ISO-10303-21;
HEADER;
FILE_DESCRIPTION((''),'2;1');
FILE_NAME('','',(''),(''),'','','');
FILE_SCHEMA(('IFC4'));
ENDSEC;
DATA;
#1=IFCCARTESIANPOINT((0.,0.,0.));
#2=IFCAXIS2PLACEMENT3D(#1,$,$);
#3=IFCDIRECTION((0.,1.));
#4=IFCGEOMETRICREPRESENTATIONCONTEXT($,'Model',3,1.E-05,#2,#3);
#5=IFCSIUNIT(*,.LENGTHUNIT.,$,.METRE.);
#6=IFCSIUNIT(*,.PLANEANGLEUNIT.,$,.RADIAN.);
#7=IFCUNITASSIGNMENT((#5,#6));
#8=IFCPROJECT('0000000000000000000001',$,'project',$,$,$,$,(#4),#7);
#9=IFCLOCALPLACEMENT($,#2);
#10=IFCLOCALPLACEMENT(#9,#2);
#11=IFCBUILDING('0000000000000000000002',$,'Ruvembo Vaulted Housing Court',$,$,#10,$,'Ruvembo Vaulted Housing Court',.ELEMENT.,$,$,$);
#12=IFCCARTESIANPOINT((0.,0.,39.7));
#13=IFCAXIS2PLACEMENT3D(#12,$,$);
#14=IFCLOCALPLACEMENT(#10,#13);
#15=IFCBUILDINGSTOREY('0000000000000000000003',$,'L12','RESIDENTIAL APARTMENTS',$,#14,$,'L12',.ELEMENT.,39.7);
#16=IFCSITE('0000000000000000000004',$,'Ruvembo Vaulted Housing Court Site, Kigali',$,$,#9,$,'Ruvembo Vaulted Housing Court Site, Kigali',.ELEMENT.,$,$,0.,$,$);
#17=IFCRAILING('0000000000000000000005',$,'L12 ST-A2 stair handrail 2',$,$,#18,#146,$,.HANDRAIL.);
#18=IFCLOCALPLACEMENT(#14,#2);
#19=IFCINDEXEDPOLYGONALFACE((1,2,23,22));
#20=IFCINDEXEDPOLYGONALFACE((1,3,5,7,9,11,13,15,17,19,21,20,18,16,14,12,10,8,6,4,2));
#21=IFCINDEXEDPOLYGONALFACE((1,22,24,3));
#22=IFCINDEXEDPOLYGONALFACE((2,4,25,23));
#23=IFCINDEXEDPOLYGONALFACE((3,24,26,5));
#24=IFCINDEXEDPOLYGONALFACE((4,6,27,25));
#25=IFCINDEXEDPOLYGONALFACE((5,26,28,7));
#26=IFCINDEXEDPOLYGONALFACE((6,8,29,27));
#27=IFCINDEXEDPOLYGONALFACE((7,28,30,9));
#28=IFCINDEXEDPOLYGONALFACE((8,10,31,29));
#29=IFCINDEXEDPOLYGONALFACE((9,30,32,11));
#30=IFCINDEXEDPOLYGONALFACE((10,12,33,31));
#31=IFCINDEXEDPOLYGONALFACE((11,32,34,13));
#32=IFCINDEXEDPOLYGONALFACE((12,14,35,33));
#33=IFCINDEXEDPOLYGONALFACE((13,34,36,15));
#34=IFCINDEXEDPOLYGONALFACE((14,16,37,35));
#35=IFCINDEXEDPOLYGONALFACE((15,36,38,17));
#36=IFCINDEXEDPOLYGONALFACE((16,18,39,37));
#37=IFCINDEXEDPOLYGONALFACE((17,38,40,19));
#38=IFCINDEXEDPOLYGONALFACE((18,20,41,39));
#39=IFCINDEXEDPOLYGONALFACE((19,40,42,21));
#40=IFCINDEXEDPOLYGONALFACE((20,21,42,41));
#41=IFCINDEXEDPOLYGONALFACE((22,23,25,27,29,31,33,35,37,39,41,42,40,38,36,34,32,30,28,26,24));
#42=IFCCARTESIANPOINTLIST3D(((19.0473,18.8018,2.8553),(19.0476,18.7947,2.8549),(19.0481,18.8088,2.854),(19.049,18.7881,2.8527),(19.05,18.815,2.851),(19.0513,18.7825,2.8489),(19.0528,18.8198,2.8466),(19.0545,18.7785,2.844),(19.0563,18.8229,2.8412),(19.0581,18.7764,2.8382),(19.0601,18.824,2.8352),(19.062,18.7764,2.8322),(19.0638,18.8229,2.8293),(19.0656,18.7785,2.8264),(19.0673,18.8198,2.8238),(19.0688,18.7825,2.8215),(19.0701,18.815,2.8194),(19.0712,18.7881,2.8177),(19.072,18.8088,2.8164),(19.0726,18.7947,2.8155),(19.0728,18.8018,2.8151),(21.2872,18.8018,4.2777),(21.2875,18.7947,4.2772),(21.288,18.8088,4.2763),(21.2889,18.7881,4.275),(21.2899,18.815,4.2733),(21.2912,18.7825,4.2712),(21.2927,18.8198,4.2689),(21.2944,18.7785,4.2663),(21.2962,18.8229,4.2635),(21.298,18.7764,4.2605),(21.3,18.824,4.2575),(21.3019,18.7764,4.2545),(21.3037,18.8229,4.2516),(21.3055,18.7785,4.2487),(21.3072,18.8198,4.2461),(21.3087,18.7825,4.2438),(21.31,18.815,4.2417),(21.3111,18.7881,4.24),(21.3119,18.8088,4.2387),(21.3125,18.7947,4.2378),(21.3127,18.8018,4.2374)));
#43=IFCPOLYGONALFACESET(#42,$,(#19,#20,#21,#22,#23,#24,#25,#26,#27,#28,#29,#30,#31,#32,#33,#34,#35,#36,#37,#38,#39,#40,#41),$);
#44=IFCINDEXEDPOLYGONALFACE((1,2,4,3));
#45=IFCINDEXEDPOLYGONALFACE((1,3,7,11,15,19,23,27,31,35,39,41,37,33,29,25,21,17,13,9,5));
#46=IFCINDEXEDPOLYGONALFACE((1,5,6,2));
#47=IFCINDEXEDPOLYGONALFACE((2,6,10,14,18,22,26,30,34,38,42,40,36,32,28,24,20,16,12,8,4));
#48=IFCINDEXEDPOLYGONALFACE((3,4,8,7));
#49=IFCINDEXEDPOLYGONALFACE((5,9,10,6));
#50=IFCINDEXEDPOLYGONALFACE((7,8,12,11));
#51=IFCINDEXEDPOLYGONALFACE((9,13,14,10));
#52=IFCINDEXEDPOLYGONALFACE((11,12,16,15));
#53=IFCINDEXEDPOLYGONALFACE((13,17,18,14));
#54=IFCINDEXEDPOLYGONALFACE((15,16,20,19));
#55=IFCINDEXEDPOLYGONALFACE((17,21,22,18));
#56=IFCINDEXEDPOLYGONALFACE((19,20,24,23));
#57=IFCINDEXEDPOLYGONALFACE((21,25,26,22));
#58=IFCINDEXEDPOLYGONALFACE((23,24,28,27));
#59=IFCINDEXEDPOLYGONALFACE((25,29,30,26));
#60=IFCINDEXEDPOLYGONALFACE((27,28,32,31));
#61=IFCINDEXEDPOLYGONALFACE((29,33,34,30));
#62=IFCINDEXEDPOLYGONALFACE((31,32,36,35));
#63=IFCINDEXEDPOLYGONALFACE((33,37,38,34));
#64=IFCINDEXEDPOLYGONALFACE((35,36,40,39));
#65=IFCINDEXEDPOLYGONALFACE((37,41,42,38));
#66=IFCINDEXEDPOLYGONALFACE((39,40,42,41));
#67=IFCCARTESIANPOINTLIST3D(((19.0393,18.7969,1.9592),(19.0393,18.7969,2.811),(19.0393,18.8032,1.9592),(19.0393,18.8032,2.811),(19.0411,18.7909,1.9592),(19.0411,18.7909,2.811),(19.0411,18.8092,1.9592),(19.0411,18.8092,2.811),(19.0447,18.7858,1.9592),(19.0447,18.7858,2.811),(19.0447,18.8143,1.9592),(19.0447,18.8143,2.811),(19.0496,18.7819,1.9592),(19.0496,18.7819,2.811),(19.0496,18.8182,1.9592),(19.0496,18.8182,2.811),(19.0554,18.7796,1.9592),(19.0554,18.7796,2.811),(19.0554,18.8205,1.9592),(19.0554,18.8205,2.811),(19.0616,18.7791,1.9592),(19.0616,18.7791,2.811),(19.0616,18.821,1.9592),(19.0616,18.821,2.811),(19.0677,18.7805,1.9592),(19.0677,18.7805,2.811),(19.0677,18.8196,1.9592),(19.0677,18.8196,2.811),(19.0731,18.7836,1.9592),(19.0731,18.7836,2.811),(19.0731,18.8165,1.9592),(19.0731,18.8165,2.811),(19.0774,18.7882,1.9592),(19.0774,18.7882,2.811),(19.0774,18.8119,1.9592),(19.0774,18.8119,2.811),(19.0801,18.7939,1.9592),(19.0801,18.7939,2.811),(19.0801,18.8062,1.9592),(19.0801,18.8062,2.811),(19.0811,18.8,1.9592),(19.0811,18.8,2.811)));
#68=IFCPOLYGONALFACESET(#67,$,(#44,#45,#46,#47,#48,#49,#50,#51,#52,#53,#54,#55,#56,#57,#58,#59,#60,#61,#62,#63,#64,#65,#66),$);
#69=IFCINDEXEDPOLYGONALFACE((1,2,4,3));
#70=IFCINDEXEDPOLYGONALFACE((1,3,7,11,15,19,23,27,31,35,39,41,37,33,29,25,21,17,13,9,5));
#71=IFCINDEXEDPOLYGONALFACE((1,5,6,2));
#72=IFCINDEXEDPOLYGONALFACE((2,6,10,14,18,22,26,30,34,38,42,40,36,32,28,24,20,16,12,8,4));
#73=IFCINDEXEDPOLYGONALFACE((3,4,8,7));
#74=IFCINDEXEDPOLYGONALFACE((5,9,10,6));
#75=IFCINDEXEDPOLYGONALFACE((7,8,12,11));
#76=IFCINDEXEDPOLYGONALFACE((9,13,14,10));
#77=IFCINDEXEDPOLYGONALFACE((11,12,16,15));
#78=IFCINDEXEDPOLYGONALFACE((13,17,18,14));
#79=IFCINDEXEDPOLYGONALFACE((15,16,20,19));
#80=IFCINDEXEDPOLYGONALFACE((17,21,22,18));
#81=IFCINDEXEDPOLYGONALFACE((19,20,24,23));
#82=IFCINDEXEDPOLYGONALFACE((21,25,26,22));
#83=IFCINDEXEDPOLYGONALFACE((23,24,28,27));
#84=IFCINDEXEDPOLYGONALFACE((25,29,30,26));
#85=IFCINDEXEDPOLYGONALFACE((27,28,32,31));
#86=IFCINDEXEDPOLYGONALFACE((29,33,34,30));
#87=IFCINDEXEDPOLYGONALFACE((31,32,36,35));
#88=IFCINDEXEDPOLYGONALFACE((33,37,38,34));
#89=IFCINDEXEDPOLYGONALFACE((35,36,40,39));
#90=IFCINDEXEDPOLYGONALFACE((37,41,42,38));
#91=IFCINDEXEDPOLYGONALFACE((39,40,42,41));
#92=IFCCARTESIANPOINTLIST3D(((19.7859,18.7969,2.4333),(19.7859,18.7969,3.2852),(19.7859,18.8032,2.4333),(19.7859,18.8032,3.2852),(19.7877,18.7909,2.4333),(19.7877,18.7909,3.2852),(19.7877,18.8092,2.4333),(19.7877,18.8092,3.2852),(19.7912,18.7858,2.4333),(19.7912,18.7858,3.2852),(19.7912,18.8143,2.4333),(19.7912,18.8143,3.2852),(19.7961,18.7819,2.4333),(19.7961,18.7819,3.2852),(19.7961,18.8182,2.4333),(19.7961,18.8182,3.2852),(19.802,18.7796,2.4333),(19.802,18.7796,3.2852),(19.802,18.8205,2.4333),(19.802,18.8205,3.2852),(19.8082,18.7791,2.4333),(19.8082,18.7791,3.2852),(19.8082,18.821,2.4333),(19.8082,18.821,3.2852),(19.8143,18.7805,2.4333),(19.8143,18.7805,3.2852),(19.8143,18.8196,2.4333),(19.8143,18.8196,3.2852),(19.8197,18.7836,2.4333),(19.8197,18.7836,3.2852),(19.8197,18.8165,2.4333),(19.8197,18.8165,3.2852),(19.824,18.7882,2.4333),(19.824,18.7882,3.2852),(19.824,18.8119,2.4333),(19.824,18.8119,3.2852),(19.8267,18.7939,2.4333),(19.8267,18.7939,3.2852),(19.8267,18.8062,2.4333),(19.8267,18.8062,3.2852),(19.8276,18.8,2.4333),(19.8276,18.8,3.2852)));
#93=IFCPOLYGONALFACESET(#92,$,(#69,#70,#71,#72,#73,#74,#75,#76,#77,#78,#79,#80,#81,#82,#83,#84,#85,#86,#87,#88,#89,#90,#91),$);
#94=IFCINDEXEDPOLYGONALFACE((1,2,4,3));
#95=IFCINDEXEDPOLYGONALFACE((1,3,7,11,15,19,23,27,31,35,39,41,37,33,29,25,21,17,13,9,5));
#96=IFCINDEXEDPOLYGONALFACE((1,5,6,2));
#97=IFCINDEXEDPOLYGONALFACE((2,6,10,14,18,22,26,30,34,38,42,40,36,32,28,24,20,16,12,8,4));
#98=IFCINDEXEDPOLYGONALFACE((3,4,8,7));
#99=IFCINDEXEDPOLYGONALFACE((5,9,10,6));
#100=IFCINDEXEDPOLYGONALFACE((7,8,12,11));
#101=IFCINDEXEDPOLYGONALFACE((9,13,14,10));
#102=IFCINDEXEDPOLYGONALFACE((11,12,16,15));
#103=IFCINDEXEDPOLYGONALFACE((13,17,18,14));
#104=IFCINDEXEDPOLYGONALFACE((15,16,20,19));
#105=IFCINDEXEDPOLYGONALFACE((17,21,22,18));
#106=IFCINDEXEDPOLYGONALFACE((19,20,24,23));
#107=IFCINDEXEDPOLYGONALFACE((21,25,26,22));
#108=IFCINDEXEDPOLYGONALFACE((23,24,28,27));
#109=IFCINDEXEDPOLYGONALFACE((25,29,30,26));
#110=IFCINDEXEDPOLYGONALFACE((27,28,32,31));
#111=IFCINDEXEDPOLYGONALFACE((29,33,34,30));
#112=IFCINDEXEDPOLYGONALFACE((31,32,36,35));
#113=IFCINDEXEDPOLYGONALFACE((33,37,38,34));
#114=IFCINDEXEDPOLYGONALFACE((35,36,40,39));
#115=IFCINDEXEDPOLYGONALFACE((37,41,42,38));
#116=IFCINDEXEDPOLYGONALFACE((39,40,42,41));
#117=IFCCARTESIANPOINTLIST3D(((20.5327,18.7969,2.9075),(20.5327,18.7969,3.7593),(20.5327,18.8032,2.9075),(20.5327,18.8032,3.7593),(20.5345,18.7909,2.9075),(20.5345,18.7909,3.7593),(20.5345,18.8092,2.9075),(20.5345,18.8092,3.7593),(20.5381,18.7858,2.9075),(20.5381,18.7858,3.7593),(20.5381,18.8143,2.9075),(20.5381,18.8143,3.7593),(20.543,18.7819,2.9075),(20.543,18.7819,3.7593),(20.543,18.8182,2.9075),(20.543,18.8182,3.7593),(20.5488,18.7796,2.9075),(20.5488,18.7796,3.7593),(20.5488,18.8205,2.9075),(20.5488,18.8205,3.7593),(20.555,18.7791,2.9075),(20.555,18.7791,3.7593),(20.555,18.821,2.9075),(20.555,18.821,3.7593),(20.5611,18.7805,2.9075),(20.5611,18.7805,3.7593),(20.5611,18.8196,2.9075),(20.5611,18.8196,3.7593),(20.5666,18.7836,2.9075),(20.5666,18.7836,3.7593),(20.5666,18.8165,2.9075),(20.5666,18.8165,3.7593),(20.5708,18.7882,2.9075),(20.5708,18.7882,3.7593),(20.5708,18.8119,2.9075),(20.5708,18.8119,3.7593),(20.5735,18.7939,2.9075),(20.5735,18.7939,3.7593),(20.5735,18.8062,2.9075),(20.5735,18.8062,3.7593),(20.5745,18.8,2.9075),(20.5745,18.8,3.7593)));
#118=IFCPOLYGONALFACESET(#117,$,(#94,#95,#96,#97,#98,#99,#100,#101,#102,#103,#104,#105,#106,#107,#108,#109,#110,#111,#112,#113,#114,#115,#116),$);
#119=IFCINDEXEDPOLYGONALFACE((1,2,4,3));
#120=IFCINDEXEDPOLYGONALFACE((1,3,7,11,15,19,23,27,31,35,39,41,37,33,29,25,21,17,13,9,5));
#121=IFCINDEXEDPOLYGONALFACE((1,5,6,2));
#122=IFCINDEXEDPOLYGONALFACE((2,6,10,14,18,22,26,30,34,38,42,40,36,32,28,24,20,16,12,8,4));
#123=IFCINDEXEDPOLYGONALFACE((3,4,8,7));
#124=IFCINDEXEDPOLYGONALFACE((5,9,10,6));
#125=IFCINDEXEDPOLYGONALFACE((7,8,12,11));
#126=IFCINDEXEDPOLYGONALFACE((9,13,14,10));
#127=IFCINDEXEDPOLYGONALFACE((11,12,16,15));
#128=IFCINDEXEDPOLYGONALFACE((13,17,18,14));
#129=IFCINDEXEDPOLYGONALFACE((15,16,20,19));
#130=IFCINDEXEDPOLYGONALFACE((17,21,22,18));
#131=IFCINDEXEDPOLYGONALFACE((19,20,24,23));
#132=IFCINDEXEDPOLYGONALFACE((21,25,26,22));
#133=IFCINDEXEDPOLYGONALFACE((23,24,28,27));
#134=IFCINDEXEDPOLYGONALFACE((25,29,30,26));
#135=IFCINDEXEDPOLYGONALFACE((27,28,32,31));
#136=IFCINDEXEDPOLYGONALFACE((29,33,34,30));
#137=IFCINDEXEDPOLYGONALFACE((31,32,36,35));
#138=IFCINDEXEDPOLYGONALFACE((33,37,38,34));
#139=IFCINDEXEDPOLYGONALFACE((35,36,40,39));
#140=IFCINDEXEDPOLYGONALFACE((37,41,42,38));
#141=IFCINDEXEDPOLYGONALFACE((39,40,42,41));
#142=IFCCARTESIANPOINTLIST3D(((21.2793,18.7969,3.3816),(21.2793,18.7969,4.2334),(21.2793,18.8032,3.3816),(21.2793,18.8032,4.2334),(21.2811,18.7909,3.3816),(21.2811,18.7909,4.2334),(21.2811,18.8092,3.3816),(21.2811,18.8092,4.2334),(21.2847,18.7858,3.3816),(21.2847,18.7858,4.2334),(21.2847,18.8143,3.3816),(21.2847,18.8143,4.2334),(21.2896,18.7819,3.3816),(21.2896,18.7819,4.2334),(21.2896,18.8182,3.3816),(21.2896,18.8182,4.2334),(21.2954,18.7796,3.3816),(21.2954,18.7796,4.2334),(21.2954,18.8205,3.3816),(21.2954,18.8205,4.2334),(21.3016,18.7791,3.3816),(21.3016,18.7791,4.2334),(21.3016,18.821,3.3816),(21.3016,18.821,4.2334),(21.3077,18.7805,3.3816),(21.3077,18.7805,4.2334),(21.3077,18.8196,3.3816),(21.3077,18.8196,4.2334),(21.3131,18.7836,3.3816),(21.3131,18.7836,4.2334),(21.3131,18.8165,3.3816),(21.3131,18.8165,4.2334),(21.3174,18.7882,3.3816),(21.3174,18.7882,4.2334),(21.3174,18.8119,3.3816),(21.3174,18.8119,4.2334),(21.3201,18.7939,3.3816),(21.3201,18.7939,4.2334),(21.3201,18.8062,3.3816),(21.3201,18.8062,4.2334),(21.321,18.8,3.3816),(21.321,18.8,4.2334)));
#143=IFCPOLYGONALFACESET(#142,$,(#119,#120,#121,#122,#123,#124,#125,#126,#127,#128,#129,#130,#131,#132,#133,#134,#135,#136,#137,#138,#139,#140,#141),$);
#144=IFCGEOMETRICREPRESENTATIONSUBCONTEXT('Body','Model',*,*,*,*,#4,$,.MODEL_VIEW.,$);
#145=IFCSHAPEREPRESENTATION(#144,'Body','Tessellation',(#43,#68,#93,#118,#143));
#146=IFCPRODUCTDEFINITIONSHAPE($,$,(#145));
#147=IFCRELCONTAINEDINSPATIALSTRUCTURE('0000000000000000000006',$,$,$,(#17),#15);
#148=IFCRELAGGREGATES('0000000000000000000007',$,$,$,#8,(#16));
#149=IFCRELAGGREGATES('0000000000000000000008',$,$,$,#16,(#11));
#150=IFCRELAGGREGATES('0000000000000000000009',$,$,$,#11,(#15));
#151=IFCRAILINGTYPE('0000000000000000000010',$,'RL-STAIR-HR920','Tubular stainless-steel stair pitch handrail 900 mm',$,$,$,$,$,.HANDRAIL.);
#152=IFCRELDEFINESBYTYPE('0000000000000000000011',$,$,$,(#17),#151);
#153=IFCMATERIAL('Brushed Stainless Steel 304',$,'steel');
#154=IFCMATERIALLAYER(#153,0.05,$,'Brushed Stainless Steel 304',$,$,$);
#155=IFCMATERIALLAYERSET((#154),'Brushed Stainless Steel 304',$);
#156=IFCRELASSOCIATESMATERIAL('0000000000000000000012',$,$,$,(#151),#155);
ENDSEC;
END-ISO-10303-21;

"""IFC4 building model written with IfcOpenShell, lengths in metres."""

from ifc_helpers import new_model, si_unit, direction, frame, origin, origin_2d, place, context, subcontext, project, spatial, circle, extrude, material, layer, layer_set, type_object, element, save


model = new_model("IFC4")

# Units and contexts
model_context = context("Model", 3, precision=1e-05, world=origin(), true_north=direction((0.0, 1.0)))
body_context = subcontext(model_context, "Body", "Model", "MODEL_VIEW")
ifc_project = project(units=[si_unit("LENGTHUNIT", "METRE"), si_unit("PLANEANGLEUNIT", "RADIAN")], contexts=[model_context])

# Site, building, storey
site_placement = place(None, origin())
site = spatial("IfcSite", under=ifc_project, at=site_placement, Name="Ruvembo Vaulted Housing Court Site, Kigali", LongName="Ruvembo Vaulted Housing Court Site, Kigali", CompositionType="ELEMENT", RefElevation=0.0)
building_placement = place(site_placement, origin())
building = spatial("IfcBuilding", under=site, at=building_placement, Name="Ruvembo Vaulted Housing Court", LongName="Ruvembo Vaulted Housing Court", CompositionType="ELEMENT")
storey_placement = place(building_placement, frame((0.0, 0.0, 39.7)))
storey = spatial("IfcBuildingStorey", under=building, at=storey_placement, Name="L12", Description="RESIDENTIAL APARTMENTS", LongName="L12", CompositionType="ELEMENT", Elevation=39.7)

# Shared definitions
ifc_material_1 = material(Name="Brushed Stainless Steel 304", Category="steel")

# Railing
ifc_layer_1 = layer(ifc_material_1, 0.05, Name="Brushed Stainless Steel 304")
ifc_layer_set_1 = layer_set([ifc_layer_1], Name="Brushed Stainless Steel 304")
railing_type_1 = type_object("IfcRailingType", Name="RL-STAIR-HR920", Description="Tubular stainless-steel stair pitch handrail 900 mm", PredefinedType="HANDRAIL", material=ifc_layer_set_1)
railing_1_placement = place(storey_placement, frame((19.0601, 18.8, 1.9592)))
element("IfcRailing", 1, at=railing_1_placement, inside=storey, type_object=railing_type_1, Name="L12 ST-A2 stair handrail 2", PredefinedType="HANDRAIL", context=body_context, shape_type="SweptSolid", body=[
    extrude(circle(Radius=0.0239, at=origin_2d()), frame((0.0, 0.0, 0.876), z_axis=(0.844188, 0.0, 0.536048), x_axis=(0.0, 1.0, 0.0)), (0.0, 0.0, 1.0), 2.6533),
    extrude(circle(Radius=0.021, at=origin_2d()), origin(), (0.0, 0.0, 1.0), 0.8518),
    extrude(circle(Radius=0.021, at=origin_2d()), frame((0.7466, 0.0, 0.4741)), (0.0, 0.0, 1.0), 0.8518),
    extrude(circle(Radius=0.021, at=origin_2d()), frame((1.4934, 0.0, 0.9482)), (0.0, 0.0, 1.0), 0.8518),
    extrude(circle(Radius=0.021, at=origin_2d()), frame((2.24, 0.0, 1.4224)), (0.0, 0.0, 1.0), 0.8518),
])

save(model, "model.ifc")
